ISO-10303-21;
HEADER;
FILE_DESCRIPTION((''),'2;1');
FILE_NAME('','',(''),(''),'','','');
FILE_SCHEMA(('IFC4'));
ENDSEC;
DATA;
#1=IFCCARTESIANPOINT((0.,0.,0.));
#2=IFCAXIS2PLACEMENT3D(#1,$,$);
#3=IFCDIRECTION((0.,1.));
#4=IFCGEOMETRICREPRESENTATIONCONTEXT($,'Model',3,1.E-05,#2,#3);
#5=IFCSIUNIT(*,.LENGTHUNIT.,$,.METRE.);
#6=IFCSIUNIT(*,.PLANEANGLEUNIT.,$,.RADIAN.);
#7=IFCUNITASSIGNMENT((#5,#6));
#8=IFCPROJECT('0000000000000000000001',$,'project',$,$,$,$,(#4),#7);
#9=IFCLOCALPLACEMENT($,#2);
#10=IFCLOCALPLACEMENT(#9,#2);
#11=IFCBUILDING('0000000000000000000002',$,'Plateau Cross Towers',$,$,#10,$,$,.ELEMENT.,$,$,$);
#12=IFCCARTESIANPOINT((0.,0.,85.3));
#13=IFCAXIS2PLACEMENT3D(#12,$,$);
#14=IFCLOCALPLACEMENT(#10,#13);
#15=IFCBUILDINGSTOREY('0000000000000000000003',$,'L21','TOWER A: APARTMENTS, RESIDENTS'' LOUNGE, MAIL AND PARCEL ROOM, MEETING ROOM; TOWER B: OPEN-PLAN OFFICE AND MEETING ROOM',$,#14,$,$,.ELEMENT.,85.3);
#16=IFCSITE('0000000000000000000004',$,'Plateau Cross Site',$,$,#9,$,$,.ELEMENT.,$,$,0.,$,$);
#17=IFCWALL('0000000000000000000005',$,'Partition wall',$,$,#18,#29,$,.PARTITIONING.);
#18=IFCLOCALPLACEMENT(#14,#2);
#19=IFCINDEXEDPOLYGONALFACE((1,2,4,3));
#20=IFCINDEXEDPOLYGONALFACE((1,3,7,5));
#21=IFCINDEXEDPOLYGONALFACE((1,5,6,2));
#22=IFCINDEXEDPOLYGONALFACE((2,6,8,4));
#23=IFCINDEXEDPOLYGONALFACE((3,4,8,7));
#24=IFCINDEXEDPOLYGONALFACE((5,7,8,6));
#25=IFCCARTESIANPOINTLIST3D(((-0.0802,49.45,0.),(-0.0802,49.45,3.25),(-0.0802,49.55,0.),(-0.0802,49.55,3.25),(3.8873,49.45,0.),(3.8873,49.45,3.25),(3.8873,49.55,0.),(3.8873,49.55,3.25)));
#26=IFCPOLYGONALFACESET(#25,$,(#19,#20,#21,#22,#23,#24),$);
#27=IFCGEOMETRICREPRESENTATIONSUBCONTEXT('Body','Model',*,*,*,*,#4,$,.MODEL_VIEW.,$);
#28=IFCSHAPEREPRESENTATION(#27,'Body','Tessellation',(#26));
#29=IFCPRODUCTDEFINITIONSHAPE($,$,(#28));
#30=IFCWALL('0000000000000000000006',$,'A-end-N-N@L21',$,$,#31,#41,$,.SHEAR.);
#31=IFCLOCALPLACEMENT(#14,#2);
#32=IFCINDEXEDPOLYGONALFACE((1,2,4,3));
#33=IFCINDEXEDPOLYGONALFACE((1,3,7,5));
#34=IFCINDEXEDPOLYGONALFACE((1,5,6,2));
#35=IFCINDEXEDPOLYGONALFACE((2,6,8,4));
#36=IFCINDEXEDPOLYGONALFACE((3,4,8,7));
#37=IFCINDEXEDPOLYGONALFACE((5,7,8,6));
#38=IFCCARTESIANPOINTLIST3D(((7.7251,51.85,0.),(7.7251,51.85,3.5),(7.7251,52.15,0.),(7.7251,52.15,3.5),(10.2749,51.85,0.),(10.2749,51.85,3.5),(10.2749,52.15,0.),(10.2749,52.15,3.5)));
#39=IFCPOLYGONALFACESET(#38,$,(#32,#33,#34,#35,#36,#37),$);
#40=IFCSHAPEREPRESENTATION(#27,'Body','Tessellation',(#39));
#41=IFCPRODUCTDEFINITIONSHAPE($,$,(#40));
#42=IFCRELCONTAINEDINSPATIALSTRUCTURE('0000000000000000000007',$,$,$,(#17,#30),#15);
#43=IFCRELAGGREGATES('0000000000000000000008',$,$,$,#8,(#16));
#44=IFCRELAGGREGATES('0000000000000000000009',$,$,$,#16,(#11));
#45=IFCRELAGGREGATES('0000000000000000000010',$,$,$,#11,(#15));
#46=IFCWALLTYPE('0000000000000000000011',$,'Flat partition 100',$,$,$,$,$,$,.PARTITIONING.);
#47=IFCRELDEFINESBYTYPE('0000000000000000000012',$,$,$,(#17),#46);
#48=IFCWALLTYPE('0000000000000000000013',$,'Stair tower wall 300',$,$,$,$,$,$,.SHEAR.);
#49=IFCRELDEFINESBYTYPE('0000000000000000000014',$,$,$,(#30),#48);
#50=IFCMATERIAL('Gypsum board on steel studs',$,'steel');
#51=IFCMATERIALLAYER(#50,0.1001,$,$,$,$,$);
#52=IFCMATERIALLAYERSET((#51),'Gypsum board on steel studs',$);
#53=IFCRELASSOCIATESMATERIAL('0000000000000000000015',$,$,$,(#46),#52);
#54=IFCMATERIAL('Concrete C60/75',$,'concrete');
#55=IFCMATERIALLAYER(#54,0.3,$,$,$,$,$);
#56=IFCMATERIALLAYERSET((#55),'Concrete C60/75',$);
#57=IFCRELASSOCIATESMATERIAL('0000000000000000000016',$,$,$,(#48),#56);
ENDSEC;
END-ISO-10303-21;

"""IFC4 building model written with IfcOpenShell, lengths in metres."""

from ifc_helpers import new_model, si_unit, direction, frame, frame_2d, origin, place, context, subcontext, project, spatial, rectangle, extrude, material, layer, layer_set, type_object, element, save


model = new_model("IFC4")

# Units and contexts
model_context = context("Model", 3, precision=1e-05, world=origin(), true_north=direction((0.0, 1.0)))
body_context = subcontext(model_context, "Body", "Model", "MODEL_VIEW")
ifc_project = project(units=[si_unit("LENGTHUNIT", "METRE"), si_unit("PLANEANGLEUNIT", "RADIAN")], contexts=[model_context])

# Site, building, storey
site_placement = place(None, origin())
site = spatial("IfcSite", under=ifc_project, at=site_placement, Name="Plateau Cross Site", CompositionType="ELEMENT", RefElevation=0.0)
building_placement = place(site_placement, origin())
building = spatial("IfcBuilding", under=site, at=building_placement, Name="Plateau Cross Towers", CompositionType="ELEMENT")
storey_placement = place(building_placement, frame((0.0, 0.0, 85.3)))
storey = spatial("IfcBuildingStorey", under=building, at=storey_placement, Name="L21", Description="TOWER A: APARTMENTS, RESIDENTS' LOUNGE, MAIL AND PARCEL ROOM, MEETING ROOM; TOWER B: OPEN-PLAN OFFICE AND MEETING ROOM", CompositionType="ELEMENT", Elevation=85.3)

# Shared definitions
ifc_material_1 = material(Name="Concrete C60/75", Category="concrete")

# Walls
ifc_material_2 = material(Name="Gypsum board on steel studs", Category="steel")
ifc_layer_1 = layer(ifc_material_2, 0.1001)
ifc_layer_set_1 = layer_set([ifc_layer_1], Name="Gypsum board on steel studs")
wall_type_1 = type_object("IfcWallType", Name="Flat partition 100", PredefinedType="PARTITIONING", material=ifc_layer_set_1)
wall_1_placement = place(storey_placement, frame((3.8875, 49.5, 0.0), z_axis=(0.0, 0.0, 1.0), x_axis=(-1.0, 0.0, 0.0)))
element("IfcWall", 1, at=wall_1_placement, inside=storey, type_object=wall_type_1, Name="Partition wall", PredefinedType="PARTITIONING", context=body_context, shape_type="SweptSolid", body=[
    extrude(rectangle(XDim=3.9675, YDim=0.1001, at=frame_2d((1.9839, 0.0))), origin(), (0.0, 0.0, 1.0), 3.25),
])
ifc_layer_2 = layer(ifc_material_1, 0.3)
ifc_layer_set_2 = layer_set([ifc_layer_2], Name="Concrete C60/75")
wall_type_2 = type_object("IfcWallType", Name="Stair tower wall 300", PredefinedType="SHEAR", material=ifc_layer_set_2)
wall_2_placement = place(storey_placement, frame((7.7251, 52.0, 0.0), z_axis=(0.0, 0.0, 1.0), x_axis=(1.0, 0.0, 0.0)))
element("IfcWall", 2, at=wall_2_placement, inside=storey, type_object=wall_type_2, Name="A-end-N-N@L21", PredefinedType="SHEAR", context=body_context, shape_type="SweptSolid", body=[
    extrude(rectangle(XDim=2.5498, YDim=0.3, at=frame_2d((1.2749, 0.0))), origin(), (0.0, 0.0, 1.0), 3.5),
])

save(model, "model.ifc")
